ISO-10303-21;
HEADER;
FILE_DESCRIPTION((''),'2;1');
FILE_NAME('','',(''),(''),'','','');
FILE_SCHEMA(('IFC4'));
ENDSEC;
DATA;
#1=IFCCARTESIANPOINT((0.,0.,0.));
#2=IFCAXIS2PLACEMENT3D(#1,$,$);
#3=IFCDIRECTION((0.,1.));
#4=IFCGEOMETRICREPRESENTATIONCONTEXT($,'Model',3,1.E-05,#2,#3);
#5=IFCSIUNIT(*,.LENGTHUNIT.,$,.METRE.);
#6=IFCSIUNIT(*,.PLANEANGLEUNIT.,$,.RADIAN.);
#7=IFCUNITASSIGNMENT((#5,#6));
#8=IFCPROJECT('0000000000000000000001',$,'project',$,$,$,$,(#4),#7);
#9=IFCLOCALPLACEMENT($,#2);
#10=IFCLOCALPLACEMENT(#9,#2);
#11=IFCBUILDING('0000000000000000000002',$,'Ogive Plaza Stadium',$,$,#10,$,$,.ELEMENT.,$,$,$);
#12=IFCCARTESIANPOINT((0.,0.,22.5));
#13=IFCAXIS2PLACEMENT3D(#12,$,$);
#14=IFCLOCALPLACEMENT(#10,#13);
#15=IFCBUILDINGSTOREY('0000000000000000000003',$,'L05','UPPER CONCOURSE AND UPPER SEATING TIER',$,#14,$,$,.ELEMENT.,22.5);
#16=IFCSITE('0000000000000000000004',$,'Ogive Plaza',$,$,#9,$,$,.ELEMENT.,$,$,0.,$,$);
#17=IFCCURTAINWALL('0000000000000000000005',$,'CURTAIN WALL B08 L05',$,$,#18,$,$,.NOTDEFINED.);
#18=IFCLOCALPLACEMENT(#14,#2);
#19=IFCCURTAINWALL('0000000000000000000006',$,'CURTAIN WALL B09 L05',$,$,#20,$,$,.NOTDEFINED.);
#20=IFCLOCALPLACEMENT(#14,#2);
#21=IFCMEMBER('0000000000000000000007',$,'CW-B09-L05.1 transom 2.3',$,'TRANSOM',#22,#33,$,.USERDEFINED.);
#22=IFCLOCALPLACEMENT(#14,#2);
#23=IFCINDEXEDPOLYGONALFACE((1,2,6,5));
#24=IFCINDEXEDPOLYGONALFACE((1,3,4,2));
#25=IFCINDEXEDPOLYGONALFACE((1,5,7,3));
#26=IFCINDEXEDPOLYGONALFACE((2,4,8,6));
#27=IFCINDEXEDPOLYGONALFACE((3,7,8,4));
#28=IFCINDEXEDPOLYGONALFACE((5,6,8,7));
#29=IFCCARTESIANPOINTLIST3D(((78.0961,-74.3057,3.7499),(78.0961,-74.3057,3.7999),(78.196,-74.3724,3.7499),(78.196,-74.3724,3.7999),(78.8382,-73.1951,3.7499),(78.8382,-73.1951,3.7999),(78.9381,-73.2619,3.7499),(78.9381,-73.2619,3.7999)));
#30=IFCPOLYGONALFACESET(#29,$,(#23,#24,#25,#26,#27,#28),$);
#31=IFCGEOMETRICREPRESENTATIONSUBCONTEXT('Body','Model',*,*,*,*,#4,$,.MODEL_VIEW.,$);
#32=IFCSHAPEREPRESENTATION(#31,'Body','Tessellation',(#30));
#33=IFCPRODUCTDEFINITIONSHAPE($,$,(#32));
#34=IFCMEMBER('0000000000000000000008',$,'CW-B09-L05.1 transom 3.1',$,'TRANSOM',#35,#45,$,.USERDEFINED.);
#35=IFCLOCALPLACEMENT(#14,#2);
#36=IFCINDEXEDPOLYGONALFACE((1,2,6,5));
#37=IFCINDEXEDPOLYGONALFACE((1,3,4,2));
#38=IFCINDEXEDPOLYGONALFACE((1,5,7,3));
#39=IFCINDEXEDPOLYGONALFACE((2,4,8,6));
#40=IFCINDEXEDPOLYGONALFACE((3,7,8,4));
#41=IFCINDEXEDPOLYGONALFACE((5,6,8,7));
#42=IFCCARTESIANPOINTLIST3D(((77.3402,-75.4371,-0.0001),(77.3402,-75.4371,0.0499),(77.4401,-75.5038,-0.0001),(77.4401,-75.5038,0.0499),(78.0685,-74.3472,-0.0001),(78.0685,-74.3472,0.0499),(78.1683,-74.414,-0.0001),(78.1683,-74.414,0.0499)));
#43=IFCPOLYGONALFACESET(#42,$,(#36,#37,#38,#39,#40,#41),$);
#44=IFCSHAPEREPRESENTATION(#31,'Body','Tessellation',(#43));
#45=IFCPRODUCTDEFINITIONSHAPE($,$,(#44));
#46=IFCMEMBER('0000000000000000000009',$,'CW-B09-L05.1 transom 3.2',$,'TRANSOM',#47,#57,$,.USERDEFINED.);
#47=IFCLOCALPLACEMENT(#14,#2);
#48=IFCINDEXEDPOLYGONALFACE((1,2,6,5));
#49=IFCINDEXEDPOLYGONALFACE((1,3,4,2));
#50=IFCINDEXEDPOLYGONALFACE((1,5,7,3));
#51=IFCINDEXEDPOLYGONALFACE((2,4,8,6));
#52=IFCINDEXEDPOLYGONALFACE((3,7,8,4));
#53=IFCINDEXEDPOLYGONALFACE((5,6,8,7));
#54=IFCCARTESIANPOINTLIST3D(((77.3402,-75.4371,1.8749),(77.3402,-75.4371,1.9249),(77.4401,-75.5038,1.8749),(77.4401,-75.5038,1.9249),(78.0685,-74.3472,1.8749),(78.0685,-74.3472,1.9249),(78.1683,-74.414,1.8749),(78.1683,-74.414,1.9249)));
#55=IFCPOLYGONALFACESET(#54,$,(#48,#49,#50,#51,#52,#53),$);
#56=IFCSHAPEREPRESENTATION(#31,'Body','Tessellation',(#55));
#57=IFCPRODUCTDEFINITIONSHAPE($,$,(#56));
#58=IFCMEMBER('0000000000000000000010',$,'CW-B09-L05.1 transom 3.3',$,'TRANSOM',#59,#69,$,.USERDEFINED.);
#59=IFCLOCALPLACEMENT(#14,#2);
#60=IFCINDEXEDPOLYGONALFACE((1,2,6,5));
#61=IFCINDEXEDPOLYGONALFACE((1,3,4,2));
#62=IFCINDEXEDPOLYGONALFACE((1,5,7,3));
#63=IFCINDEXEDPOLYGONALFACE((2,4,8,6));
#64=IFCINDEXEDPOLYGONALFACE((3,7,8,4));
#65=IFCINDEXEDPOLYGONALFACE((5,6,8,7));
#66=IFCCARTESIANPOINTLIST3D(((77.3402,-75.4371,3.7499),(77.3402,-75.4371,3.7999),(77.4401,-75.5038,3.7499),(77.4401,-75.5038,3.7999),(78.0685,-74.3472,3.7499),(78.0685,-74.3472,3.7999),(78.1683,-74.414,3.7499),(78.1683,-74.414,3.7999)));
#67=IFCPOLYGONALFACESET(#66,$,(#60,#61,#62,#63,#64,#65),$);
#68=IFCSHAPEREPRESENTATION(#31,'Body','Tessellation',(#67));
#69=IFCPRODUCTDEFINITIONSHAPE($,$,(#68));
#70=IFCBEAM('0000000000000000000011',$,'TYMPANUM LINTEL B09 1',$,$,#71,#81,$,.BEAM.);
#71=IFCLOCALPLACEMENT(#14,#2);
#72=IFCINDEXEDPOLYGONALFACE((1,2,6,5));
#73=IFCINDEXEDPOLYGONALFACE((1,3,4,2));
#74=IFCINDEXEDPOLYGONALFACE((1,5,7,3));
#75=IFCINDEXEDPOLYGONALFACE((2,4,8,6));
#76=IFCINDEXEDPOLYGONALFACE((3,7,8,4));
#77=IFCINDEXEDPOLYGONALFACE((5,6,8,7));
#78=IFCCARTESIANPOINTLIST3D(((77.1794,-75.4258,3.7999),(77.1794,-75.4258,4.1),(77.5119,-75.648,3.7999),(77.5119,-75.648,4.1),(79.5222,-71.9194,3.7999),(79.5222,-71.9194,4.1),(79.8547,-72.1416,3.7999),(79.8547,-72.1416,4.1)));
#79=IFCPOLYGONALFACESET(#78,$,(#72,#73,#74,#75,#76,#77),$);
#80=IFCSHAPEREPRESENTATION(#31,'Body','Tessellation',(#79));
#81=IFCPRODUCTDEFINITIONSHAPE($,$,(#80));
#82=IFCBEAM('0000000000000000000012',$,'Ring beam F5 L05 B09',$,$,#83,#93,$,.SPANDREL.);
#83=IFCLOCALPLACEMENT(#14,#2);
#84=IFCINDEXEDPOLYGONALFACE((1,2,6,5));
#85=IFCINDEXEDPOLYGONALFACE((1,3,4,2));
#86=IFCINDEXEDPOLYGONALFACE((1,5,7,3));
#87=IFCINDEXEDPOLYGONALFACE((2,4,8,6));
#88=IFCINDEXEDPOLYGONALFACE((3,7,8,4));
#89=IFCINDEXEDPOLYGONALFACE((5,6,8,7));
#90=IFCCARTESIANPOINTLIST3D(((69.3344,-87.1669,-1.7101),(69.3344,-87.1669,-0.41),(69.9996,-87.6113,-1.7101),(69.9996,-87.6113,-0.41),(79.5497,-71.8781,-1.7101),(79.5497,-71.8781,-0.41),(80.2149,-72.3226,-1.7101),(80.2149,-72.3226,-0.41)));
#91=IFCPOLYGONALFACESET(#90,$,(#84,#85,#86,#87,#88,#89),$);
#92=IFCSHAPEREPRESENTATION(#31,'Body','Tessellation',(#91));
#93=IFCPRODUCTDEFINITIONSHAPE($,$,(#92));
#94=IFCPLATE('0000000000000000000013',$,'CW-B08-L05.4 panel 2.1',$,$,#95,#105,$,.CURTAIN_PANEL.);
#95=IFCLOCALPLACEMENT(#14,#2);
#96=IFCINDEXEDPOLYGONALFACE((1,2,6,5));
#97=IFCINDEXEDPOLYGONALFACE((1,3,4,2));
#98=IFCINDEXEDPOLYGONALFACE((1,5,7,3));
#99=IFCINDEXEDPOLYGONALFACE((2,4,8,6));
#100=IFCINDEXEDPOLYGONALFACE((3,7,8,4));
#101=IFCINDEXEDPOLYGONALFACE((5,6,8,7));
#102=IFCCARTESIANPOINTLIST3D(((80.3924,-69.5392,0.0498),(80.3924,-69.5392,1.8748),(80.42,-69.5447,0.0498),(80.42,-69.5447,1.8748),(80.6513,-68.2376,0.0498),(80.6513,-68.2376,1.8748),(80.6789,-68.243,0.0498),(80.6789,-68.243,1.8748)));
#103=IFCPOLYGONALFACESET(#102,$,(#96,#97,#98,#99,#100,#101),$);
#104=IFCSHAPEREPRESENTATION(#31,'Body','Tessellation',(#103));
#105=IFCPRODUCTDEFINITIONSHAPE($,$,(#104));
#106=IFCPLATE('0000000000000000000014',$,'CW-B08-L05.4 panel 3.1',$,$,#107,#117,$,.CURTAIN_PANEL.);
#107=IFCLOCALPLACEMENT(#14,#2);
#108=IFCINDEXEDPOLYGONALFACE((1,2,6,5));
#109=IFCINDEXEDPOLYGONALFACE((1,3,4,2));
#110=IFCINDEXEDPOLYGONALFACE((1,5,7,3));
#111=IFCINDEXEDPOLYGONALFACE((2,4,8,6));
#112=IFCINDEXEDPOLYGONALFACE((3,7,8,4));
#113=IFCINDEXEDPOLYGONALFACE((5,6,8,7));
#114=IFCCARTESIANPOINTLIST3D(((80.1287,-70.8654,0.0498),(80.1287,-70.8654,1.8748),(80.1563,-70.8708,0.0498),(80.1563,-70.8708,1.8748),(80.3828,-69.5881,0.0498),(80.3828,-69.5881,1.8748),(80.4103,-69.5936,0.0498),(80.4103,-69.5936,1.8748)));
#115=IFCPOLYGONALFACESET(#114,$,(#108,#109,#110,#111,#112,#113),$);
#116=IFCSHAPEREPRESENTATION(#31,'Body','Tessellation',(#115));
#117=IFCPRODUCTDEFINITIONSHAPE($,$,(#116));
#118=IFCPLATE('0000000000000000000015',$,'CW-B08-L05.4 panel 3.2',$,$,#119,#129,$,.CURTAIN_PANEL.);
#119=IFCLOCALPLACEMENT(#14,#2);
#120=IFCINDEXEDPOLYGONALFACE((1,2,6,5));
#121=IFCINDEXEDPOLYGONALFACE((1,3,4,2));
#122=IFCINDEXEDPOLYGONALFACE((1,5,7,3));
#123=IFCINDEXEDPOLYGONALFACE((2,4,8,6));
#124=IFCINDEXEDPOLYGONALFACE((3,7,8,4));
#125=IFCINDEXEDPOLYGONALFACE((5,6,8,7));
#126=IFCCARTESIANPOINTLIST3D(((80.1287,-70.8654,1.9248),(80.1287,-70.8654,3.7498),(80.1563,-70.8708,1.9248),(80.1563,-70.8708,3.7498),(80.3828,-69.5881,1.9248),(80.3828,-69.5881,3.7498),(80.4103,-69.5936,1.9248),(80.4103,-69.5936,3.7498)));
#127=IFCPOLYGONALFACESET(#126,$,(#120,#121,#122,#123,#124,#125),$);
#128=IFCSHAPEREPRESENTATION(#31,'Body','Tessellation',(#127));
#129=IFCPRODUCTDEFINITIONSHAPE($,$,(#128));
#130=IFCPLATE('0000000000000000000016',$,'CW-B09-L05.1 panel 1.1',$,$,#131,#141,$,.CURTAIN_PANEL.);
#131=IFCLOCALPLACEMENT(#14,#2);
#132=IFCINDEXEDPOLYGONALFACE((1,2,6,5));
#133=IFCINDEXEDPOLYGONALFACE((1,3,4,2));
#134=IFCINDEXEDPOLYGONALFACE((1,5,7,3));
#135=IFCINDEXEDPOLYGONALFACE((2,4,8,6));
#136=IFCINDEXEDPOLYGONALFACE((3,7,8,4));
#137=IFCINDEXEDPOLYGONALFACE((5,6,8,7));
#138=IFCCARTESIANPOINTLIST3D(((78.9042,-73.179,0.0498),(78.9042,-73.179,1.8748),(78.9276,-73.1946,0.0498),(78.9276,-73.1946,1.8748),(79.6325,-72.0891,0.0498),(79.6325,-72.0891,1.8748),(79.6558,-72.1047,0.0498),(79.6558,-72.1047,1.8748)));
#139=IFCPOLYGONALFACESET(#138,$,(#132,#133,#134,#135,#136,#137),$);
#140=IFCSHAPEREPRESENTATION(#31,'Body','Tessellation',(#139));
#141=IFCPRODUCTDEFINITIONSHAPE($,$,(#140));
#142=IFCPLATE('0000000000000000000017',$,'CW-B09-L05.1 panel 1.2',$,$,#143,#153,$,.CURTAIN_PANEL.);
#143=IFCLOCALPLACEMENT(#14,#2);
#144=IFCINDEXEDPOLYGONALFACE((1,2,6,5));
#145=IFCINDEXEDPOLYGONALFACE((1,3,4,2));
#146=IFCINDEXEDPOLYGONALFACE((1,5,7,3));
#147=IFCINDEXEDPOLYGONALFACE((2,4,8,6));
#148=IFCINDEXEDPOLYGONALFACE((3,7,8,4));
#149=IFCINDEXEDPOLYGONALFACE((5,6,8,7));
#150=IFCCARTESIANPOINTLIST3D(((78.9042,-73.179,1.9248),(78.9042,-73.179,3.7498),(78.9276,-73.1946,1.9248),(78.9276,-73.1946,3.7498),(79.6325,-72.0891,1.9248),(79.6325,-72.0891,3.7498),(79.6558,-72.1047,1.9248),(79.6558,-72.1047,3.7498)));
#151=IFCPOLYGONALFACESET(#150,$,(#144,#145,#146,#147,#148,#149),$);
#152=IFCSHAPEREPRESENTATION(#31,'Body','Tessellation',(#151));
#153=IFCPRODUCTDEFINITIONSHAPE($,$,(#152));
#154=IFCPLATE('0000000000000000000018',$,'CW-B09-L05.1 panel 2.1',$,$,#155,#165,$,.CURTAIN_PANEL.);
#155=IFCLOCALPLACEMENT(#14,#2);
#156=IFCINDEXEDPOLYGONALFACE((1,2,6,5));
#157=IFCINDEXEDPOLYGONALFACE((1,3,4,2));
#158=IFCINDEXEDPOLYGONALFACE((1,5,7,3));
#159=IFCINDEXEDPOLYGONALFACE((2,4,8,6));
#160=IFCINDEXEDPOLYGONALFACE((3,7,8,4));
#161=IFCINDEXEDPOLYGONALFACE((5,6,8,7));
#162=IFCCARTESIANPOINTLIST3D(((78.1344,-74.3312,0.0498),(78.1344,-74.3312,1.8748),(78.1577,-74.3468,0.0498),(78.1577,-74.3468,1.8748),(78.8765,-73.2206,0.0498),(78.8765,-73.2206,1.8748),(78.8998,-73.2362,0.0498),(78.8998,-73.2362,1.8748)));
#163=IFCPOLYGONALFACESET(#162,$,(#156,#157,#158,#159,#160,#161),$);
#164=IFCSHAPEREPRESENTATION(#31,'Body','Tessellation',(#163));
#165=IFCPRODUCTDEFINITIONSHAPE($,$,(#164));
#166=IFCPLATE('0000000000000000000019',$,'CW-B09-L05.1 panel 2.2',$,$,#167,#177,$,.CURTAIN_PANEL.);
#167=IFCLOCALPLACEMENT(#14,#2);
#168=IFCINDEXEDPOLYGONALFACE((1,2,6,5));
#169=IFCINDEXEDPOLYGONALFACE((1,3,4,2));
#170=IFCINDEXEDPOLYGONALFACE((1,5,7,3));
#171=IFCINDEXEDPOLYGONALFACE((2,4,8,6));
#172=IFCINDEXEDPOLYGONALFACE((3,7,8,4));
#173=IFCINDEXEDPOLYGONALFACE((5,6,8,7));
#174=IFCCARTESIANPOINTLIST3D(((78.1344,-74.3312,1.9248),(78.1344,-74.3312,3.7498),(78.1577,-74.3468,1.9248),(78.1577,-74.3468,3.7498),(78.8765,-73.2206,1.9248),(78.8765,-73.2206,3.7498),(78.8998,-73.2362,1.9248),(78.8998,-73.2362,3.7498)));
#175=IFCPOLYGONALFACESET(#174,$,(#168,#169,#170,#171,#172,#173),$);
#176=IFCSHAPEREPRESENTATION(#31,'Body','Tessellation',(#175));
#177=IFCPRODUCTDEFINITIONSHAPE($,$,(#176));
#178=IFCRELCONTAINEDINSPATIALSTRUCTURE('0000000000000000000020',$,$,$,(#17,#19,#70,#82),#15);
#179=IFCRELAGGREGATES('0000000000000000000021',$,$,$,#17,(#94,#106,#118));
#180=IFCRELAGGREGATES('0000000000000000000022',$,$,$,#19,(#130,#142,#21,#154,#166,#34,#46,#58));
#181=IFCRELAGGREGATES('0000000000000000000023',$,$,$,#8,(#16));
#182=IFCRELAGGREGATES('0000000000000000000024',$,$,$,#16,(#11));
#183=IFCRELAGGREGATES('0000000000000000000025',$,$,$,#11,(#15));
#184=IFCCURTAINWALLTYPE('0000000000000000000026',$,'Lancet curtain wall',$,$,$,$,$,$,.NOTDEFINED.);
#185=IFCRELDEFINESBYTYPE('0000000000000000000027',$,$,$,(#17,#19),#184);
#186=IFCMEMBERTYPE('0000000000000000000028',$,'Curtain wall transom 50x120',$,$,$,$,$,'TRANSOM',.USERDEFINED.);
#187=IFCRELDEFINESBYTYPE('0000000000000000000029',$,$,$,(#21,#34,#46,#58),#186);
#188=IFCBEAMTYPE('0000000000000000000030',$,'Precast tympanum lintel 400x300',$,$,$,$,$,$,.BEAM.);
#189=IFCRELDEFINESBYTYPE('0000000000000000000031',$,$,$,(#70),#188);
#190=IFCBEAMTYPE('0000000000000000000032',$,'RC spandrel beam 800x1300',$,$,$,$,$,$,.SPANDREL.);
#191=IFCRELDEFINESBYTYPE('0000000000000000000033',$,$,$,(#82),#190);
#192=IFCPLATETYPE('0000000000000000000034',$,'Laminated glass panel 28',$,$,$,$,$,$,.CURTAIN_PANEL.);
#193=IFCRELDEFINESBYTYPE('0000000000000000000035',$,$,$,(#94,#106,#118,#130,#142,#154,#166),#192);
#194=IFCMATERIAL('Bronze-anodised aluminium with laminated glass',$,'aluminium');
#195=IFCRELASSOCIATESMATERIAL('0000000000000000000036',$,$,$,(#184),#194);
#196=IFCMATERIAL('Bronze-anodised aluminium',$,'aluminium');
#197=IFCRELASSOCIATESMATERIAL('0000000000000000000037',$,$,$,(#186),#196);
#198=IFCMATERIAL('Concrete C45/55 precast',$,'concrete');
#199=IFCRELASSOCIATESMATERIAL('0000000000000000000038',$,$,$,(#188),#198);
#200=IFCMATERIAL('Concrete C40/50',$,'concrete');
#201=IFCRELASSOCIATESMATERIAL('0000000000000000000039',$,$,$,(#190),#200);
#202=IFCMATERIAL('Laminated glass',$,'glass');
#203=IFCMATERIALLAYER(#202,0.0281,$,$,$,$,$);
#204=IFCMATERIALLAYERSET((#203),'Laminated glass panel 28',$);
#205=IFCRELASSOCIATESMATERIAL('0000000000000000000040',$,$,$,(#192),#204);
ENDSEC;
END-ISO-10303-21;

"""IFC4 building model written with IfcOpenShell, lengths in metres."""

from ifc_helpers import new_model, si_unit, direction, frame, origin, origin_2d, place, context, subcontext, project, spatial, rectangle, extrude, material, layer, layer_set, material_profile, profile_set, type_object, element, aggregate, save


model = new_model("IFC4")

# Units and contexts
model_context = context("Model", 3, precision=1e-05, world=origin(), true_north=direction((0.0, 1.0)))
body_context = subcontext(model_context, "Body", "Model", "MODEL_VIEW")
ifc_project = project(units=[si_unit("LENGTHUNIT", "METRE"), si_unit("PLANEANGLEUNIT", "RADIAN")], contexts=[model_context])

# Site, building, storey
site_placement = place(None, origin())
site = spatial("IfcSite", under=ifc_project, at=site_placement, Name="Ogive Plaza", CompositionType="ELEMENT", RefElevation=0.0)
building_placement = place(site_placement, origin())
building = spatial("IfcBuilding", under=site, at=building_placement, Name="Ogive Plaza Stadium", CompositionType="ELEMENT")
storey_placement = place(building_placement, frame((0.0, 0.0, 22.5)))
storey = spatial("IfcBuildingStorey", under=building, at=storey_placement, Name="L05", Description="UPPER CONCOURSE AND UPPER SEATING TIER", CompositionType="ELEMENT", Elevation=22.5)

# Curtain walls
ifc_material_1 = material(Name="Bronze-anodised aluminium with laminated glass", Category="aluminium")
curtain_wall_type = type_object("IfcCurtainWallType", Name="Lancet curtain wall", PredefinedType="NOTDEFINED", material=ifc_material_1)
curtain_wall_1_placement = place(storey_placement, origin())
curtain_wall_1 = element("IfcCurtainWall", 1, at=curtain_wall_1_placement, inside=storey, type_object=curtain_wall_type, Name="CURTAIN WALL B08 L05", PredefinedType="NOTDEFINED")
curtain_wall_2_placement = place(storey_placement, origin())
curtain_wall_2 = element("IfcCurtainWall", 2, at=curtain_wall_2_placement, inside=storey, type_object=curtain_wall_type, Name="CURTAIN WALL B09 L05", PredefinedType="NOTDEFINED")

# Members
ifc_material_2 = material(Name="Bronze-anodised aluminium", Category="aluminium")
ifc_material_profile_1 = material_profile(ifc_material_2, rectangle(XDim=0.1201, YDim=0.05, at=origin_2d()), Name="AL 120x50")
ifc_profile_set_1 = profile_set([ifc_material_profile_1], Name="Bronze-anodised aluminium")
member_type_1 = type_object("IfcMemberType", Name="Curtain wall transom 50x120", ElementType="TRANSOM", PredefinedType="USERDEFINED", material=ifc_profile_set_1)
member_1_placement = place(storey_placement, frame((78.8882, -73.2285, 3.7749), z_axis=(-0.555628, -0.831431, 0.0), x_axis=(0.831431, -0.555628, 0.0)))
member_1 = element("IfcMember", 3, at=member_1_placement, type_object=member_type_1, Name="CW-B09-L05.1 transom 2.3", ObjectType="TRANSOM", PredefinedType="USERDEFINED", context=body_context, shape_type="SweptSolid", body=[
    extrude(rectangle(XDim=0.1201, YDim=0.05, at=origin_2d()), origin(), (0.0, 0.0, 1.0), 1.3357),
])
member_2_placement = place(storey_placement, frame((78.1184, -74.3806, 0.0249), z_axis=(-0.555602, -0.831448, 0.0), x_axis=(0.831448, -0.555602, 0.0)))
member_2 = element("IfcMember", 4, at=member_2_placement, type_object=member_type_1, Name="CW-B09-L05.1 transom 3.1", ObjectType="TRANSOM", PredefinedType="USERDEFINED", context=body_context, shape_type="SweptSolid", body=[
    extrude(rectangle(XDim=0.1201, YDim=0.05, at=origin_2d()), origin(), (0.0, 0.0, 1.0), 1.3108),
])
member_3_placement = place(storey_placement, frame((78.1184, -74.3806, 1.8999), z_axis=(-0.555602, -0.831448, 0.0), x_axis=(0.831448, -0.555602, 0.0)))
member_3 = element("IfcMember", 5, at=member_3_placement, type_object=member_type_1, Name="CW-B09-L05.1 transom 3.2", ObjectType="TRANSOM", PredefinedType="USERDEFINED", context=body_context, shape_type="SweptSolid", body=[
    extrude(rectangle(XDim=0.1201, YDim=0.05, at=origin_2d()), origin(), (0.0, 0.0, 1.0), 1.3108),
])
member_4_placement = place(storey_placement, frame((78.1184, -74.3806, 3.7749), z_axis=(-0.555602, -0.831448, 0.0), x_axis=(0.831448, -0.555602, 0.0)))
member_4 = element("IfcMember", 6, at=member_4_placement, type_object=member_type_1, Name="CW-B09-L05.1 transom 3.3", ObjectType="TRANSOM", PredefinedType="USERDEFINED", context=body_context, shape_type="SweptSolid", body=[
    extrude(rectangle(XDim=0.1201, YDim=0.05, at=origin_2d()), origin(), (0.0, 0.0, 1.0), 1.3108),
])

# Beams
ifc_material_3 = material(Name="Concrete C45/55 precast", Category="concrete")
ifc_material_profile_2 = material_profile(ifc_material_3, rectangle(XDim=0.3999, YDim=0.3, at=origin_2d()), Name="RC 400x300")
ifc_profile_set_2 = profile_set([ifc_material_profile_2], Name="Concrete C45/55 precast")
beam_type_1 = type_object("IfcBeamType", Name="Precast tympanum lintel 400x300", PredefinedType="BEAM", material=ifc_profile_set_2)
beam_1_placement = place(storey_placement, frame((79.6885, -72.0305, 3.95), z_axis=(-0.555555, -0.83148, 0.0), x_axis=(0.83148, -0.555555, 0.0)))
element("IfcBeam", 7, at=beam_1_placement, inside=storey, type_object=beam_type_1, Name="TYMPANUM LINTEL B09 1", PredefinedType="BEAM", context=body_context, shape_type="SweptSolid", body=[
    extrude(rectangle(XDim=0.3999, YDim=0.3, at=origin_2d()), origin(), (0.0, 0.0, 1.0), 4.217),
])
ifc_material_4 = material(Name="Concrete C40/50", Category="concrete")
ifc_material_profile_3 = material_profile(ifc_material_4, rectangle(XDim=0.8, YDim=1.3, at=origin_2d()), Name="RC 800x1300")
ifc_profile_set_3 = profile_set([ifc_material_profile_3], Name="Concrete C40/50")
beam_type_2 = type_object("IfcBeamType", Name="RC spandrel beam 800x1300", PredefinedType="SPANDREL", material=ifc_profile_set_3)
beam_2_placement = place(storey_placement, frame((79.8823, -72.1003, -1.0601), z_axis=(-0.555558, -0.831478, 0.0), x_axis=(0.831478, -0.555558, 0.0)))
element("IfcBeam", 8, at=beam_2_placement, inside=storey, type_object=beam_type_2, Name="Ring beam F5 L05 B09", PredefinedType="SPANDREL", context=body_context, shape_type="SweptSolid", body=[
    extrude(rectangle(XDim=0.8, YDim=1.3, at=origin_2d()), origin(), (0.0, 0.0, 1.0), 18.3875),
])

# Plates
ifc_material_5 = material(Name="Laminated glass", Category="glass")
ifc_layer_1 = layer(ifc_material_5, 0.0281)
ifc_layer_set_1 = layer_set([ifc_layer_1], Name="Laminated glass panel 28")
plate_type = type_object("IfcPlateType", Name="Laminated glass panel 28", PredefinedType="CURTAIN_PANEL", material=ifc_layer_set_1)
plate_1_placement = place(storey_placement, frame((80.5356, -68.8911, 0.0498), z_axis=(0.0, 0.0, 1.0), x_axis=(-0.19509, -0.980785, 0.0)))
plate_1 = element("IfcPlate", 9, at=plate_1_placement, type_object=plate_type, Name="CW-B08-L05.4 panel 2.1", PredefinedType="CURTAIN_PANEL", context=body_context, shape_type="SweptSolid", body=[
    extrude(rectangle(XDim=1.3271, YDim=0.0281, at=origin_2d()), origin(), (0.0, 0.0, 1.0), 1.825),
])
plate_2_placement = place(storey_placement, frame((80.2695, -70.2295, 0.0498), z_axis=(0.0, 0.0, 1.0), x_axis=(-0.19509, -0.980785, 0.0)))
plate_2 = element("IfcPlate", 10, at=plate_2_placement, type_object=plate_type, Name="CW-B08-L05.4 panel 3.1", PredefinedType="CURTAIN_PANEL", context=body_context, shape_type="SweptSolid", body=[
    extrude(rectangle(XDim=1.3022, YDim=0.0281, at=origin_2d()), origin(), (0.0, 0.0, 1.0), 1.825),
])
plate_3_placement = place(storey_placement, frame((80.2695, -70.2295, 1.9248), z_axis=(0.0, 0.0, 1.0), x_axis=(-0.19509, -0.980785, 0.0)))
plate_3 = element("IfcPlate", 11, at=plate_3_placement, type_object=plate_type, Name="CW-B08-L05.4 panel 3.2", PredefinedType="CURTAIN_PANEL", context=body_context, shape_type="SweptSolid", body=[
    extrude(rectangle(XDim=1.3022, YDim=0.0281, at=origin_2d()), origin(), (0.0, 0.0, 1.0), 1.825),
])
aggregate(curtain_wall_1, [plate_1, plate_2, plate_3])
plate_4_placement = place(storey_placement, frame((79.28, -72.6418, 0.0498), z_axis=(0.0, 0.0, 1.0), x_axis=(-0.55557, -0.83147, 0.0)))
plate_4 = element("IfcPlate", 12, at=plate_4_placement, type_object=plate_type, Name="CW-B09-L05.1 panel 1.1", PredefinedType="CURTAIN_PANEL", context=body_context, shape_type="SweptSolid", body=[
    extrude(rectangle(XDim=1.3108, YDim=0.0281, at=origin_2d()), origin(), (0.0, 0.0, 1.0), 1.825),
])
plate_5_placement = place(storey_placement, frame((79.28, -72.6418, 1.9248), z_axis=(0.0, 0.0, 1.0), x_axis=(-0.55557, -0.83147, 0.0)))
plate_5 = element("IfcPlate", 13, at=plate_5_placement, type_object=plate_type, Name="CW-B09-L05.1 panel 1.2", PredefinedType="CURTAIN_PANEL", context=body_context, shape_type="SweptSolid", body=[
    extrude(rectangle(XDim=1.3108, YDim=0.0281, at=origin_2d()), origin(), (0.0, 0.0, 1.0), 1.825),
])
plate_6_placement = place(storey_placement, frame((78.5171, -73.7837, 0.0498), z_axis=(0.0, 0.0, 1.0), x_axis=(-0.55557, -0.83147, 0.0)))
plate_6 = element("IfcPlate", 14, at=plate_6_placement, type_object=plate_type, Name="CW-B09-L05.1 panel 2.1", PredefinedType="CURTAIN_PANEL", context=body_context, shape_type="SweptSolid", body=[
    extrude(rectangle(XDim=1.3357, YDim=0.0281, at=origin_2d()), origin(), (0.0, 0.0, 1.0), 1.825),
])
plate_7_placement = place(storey_placement, frame((78.5171, -73.7837, 1.9248), z_axis=(0.0, 0.0, 1.0), x_axis=(-0.55557, -0.83147, 0.0)))
plate_7 = element("IfcPlate", 15, at=plate_7_placement, type_object=plate_type, Name="CW-B09-L05.1 panel 2.2", PredefinedType="CURTAIN_PANEL", context=body_context, shape_type="SweptSolid", body=[
    extrude(rectangle(XDim=1.3357, YDim=0.0281, at=origin_2d()), origin(), (0.0, 0.0, 1.0), 1.825),
])
aggregate(curtain_wall_2, [plate_4, plate_5, member_1, plate_6, plate_7, member_2, member_3, member_4])

save(model, "model.ifc")
